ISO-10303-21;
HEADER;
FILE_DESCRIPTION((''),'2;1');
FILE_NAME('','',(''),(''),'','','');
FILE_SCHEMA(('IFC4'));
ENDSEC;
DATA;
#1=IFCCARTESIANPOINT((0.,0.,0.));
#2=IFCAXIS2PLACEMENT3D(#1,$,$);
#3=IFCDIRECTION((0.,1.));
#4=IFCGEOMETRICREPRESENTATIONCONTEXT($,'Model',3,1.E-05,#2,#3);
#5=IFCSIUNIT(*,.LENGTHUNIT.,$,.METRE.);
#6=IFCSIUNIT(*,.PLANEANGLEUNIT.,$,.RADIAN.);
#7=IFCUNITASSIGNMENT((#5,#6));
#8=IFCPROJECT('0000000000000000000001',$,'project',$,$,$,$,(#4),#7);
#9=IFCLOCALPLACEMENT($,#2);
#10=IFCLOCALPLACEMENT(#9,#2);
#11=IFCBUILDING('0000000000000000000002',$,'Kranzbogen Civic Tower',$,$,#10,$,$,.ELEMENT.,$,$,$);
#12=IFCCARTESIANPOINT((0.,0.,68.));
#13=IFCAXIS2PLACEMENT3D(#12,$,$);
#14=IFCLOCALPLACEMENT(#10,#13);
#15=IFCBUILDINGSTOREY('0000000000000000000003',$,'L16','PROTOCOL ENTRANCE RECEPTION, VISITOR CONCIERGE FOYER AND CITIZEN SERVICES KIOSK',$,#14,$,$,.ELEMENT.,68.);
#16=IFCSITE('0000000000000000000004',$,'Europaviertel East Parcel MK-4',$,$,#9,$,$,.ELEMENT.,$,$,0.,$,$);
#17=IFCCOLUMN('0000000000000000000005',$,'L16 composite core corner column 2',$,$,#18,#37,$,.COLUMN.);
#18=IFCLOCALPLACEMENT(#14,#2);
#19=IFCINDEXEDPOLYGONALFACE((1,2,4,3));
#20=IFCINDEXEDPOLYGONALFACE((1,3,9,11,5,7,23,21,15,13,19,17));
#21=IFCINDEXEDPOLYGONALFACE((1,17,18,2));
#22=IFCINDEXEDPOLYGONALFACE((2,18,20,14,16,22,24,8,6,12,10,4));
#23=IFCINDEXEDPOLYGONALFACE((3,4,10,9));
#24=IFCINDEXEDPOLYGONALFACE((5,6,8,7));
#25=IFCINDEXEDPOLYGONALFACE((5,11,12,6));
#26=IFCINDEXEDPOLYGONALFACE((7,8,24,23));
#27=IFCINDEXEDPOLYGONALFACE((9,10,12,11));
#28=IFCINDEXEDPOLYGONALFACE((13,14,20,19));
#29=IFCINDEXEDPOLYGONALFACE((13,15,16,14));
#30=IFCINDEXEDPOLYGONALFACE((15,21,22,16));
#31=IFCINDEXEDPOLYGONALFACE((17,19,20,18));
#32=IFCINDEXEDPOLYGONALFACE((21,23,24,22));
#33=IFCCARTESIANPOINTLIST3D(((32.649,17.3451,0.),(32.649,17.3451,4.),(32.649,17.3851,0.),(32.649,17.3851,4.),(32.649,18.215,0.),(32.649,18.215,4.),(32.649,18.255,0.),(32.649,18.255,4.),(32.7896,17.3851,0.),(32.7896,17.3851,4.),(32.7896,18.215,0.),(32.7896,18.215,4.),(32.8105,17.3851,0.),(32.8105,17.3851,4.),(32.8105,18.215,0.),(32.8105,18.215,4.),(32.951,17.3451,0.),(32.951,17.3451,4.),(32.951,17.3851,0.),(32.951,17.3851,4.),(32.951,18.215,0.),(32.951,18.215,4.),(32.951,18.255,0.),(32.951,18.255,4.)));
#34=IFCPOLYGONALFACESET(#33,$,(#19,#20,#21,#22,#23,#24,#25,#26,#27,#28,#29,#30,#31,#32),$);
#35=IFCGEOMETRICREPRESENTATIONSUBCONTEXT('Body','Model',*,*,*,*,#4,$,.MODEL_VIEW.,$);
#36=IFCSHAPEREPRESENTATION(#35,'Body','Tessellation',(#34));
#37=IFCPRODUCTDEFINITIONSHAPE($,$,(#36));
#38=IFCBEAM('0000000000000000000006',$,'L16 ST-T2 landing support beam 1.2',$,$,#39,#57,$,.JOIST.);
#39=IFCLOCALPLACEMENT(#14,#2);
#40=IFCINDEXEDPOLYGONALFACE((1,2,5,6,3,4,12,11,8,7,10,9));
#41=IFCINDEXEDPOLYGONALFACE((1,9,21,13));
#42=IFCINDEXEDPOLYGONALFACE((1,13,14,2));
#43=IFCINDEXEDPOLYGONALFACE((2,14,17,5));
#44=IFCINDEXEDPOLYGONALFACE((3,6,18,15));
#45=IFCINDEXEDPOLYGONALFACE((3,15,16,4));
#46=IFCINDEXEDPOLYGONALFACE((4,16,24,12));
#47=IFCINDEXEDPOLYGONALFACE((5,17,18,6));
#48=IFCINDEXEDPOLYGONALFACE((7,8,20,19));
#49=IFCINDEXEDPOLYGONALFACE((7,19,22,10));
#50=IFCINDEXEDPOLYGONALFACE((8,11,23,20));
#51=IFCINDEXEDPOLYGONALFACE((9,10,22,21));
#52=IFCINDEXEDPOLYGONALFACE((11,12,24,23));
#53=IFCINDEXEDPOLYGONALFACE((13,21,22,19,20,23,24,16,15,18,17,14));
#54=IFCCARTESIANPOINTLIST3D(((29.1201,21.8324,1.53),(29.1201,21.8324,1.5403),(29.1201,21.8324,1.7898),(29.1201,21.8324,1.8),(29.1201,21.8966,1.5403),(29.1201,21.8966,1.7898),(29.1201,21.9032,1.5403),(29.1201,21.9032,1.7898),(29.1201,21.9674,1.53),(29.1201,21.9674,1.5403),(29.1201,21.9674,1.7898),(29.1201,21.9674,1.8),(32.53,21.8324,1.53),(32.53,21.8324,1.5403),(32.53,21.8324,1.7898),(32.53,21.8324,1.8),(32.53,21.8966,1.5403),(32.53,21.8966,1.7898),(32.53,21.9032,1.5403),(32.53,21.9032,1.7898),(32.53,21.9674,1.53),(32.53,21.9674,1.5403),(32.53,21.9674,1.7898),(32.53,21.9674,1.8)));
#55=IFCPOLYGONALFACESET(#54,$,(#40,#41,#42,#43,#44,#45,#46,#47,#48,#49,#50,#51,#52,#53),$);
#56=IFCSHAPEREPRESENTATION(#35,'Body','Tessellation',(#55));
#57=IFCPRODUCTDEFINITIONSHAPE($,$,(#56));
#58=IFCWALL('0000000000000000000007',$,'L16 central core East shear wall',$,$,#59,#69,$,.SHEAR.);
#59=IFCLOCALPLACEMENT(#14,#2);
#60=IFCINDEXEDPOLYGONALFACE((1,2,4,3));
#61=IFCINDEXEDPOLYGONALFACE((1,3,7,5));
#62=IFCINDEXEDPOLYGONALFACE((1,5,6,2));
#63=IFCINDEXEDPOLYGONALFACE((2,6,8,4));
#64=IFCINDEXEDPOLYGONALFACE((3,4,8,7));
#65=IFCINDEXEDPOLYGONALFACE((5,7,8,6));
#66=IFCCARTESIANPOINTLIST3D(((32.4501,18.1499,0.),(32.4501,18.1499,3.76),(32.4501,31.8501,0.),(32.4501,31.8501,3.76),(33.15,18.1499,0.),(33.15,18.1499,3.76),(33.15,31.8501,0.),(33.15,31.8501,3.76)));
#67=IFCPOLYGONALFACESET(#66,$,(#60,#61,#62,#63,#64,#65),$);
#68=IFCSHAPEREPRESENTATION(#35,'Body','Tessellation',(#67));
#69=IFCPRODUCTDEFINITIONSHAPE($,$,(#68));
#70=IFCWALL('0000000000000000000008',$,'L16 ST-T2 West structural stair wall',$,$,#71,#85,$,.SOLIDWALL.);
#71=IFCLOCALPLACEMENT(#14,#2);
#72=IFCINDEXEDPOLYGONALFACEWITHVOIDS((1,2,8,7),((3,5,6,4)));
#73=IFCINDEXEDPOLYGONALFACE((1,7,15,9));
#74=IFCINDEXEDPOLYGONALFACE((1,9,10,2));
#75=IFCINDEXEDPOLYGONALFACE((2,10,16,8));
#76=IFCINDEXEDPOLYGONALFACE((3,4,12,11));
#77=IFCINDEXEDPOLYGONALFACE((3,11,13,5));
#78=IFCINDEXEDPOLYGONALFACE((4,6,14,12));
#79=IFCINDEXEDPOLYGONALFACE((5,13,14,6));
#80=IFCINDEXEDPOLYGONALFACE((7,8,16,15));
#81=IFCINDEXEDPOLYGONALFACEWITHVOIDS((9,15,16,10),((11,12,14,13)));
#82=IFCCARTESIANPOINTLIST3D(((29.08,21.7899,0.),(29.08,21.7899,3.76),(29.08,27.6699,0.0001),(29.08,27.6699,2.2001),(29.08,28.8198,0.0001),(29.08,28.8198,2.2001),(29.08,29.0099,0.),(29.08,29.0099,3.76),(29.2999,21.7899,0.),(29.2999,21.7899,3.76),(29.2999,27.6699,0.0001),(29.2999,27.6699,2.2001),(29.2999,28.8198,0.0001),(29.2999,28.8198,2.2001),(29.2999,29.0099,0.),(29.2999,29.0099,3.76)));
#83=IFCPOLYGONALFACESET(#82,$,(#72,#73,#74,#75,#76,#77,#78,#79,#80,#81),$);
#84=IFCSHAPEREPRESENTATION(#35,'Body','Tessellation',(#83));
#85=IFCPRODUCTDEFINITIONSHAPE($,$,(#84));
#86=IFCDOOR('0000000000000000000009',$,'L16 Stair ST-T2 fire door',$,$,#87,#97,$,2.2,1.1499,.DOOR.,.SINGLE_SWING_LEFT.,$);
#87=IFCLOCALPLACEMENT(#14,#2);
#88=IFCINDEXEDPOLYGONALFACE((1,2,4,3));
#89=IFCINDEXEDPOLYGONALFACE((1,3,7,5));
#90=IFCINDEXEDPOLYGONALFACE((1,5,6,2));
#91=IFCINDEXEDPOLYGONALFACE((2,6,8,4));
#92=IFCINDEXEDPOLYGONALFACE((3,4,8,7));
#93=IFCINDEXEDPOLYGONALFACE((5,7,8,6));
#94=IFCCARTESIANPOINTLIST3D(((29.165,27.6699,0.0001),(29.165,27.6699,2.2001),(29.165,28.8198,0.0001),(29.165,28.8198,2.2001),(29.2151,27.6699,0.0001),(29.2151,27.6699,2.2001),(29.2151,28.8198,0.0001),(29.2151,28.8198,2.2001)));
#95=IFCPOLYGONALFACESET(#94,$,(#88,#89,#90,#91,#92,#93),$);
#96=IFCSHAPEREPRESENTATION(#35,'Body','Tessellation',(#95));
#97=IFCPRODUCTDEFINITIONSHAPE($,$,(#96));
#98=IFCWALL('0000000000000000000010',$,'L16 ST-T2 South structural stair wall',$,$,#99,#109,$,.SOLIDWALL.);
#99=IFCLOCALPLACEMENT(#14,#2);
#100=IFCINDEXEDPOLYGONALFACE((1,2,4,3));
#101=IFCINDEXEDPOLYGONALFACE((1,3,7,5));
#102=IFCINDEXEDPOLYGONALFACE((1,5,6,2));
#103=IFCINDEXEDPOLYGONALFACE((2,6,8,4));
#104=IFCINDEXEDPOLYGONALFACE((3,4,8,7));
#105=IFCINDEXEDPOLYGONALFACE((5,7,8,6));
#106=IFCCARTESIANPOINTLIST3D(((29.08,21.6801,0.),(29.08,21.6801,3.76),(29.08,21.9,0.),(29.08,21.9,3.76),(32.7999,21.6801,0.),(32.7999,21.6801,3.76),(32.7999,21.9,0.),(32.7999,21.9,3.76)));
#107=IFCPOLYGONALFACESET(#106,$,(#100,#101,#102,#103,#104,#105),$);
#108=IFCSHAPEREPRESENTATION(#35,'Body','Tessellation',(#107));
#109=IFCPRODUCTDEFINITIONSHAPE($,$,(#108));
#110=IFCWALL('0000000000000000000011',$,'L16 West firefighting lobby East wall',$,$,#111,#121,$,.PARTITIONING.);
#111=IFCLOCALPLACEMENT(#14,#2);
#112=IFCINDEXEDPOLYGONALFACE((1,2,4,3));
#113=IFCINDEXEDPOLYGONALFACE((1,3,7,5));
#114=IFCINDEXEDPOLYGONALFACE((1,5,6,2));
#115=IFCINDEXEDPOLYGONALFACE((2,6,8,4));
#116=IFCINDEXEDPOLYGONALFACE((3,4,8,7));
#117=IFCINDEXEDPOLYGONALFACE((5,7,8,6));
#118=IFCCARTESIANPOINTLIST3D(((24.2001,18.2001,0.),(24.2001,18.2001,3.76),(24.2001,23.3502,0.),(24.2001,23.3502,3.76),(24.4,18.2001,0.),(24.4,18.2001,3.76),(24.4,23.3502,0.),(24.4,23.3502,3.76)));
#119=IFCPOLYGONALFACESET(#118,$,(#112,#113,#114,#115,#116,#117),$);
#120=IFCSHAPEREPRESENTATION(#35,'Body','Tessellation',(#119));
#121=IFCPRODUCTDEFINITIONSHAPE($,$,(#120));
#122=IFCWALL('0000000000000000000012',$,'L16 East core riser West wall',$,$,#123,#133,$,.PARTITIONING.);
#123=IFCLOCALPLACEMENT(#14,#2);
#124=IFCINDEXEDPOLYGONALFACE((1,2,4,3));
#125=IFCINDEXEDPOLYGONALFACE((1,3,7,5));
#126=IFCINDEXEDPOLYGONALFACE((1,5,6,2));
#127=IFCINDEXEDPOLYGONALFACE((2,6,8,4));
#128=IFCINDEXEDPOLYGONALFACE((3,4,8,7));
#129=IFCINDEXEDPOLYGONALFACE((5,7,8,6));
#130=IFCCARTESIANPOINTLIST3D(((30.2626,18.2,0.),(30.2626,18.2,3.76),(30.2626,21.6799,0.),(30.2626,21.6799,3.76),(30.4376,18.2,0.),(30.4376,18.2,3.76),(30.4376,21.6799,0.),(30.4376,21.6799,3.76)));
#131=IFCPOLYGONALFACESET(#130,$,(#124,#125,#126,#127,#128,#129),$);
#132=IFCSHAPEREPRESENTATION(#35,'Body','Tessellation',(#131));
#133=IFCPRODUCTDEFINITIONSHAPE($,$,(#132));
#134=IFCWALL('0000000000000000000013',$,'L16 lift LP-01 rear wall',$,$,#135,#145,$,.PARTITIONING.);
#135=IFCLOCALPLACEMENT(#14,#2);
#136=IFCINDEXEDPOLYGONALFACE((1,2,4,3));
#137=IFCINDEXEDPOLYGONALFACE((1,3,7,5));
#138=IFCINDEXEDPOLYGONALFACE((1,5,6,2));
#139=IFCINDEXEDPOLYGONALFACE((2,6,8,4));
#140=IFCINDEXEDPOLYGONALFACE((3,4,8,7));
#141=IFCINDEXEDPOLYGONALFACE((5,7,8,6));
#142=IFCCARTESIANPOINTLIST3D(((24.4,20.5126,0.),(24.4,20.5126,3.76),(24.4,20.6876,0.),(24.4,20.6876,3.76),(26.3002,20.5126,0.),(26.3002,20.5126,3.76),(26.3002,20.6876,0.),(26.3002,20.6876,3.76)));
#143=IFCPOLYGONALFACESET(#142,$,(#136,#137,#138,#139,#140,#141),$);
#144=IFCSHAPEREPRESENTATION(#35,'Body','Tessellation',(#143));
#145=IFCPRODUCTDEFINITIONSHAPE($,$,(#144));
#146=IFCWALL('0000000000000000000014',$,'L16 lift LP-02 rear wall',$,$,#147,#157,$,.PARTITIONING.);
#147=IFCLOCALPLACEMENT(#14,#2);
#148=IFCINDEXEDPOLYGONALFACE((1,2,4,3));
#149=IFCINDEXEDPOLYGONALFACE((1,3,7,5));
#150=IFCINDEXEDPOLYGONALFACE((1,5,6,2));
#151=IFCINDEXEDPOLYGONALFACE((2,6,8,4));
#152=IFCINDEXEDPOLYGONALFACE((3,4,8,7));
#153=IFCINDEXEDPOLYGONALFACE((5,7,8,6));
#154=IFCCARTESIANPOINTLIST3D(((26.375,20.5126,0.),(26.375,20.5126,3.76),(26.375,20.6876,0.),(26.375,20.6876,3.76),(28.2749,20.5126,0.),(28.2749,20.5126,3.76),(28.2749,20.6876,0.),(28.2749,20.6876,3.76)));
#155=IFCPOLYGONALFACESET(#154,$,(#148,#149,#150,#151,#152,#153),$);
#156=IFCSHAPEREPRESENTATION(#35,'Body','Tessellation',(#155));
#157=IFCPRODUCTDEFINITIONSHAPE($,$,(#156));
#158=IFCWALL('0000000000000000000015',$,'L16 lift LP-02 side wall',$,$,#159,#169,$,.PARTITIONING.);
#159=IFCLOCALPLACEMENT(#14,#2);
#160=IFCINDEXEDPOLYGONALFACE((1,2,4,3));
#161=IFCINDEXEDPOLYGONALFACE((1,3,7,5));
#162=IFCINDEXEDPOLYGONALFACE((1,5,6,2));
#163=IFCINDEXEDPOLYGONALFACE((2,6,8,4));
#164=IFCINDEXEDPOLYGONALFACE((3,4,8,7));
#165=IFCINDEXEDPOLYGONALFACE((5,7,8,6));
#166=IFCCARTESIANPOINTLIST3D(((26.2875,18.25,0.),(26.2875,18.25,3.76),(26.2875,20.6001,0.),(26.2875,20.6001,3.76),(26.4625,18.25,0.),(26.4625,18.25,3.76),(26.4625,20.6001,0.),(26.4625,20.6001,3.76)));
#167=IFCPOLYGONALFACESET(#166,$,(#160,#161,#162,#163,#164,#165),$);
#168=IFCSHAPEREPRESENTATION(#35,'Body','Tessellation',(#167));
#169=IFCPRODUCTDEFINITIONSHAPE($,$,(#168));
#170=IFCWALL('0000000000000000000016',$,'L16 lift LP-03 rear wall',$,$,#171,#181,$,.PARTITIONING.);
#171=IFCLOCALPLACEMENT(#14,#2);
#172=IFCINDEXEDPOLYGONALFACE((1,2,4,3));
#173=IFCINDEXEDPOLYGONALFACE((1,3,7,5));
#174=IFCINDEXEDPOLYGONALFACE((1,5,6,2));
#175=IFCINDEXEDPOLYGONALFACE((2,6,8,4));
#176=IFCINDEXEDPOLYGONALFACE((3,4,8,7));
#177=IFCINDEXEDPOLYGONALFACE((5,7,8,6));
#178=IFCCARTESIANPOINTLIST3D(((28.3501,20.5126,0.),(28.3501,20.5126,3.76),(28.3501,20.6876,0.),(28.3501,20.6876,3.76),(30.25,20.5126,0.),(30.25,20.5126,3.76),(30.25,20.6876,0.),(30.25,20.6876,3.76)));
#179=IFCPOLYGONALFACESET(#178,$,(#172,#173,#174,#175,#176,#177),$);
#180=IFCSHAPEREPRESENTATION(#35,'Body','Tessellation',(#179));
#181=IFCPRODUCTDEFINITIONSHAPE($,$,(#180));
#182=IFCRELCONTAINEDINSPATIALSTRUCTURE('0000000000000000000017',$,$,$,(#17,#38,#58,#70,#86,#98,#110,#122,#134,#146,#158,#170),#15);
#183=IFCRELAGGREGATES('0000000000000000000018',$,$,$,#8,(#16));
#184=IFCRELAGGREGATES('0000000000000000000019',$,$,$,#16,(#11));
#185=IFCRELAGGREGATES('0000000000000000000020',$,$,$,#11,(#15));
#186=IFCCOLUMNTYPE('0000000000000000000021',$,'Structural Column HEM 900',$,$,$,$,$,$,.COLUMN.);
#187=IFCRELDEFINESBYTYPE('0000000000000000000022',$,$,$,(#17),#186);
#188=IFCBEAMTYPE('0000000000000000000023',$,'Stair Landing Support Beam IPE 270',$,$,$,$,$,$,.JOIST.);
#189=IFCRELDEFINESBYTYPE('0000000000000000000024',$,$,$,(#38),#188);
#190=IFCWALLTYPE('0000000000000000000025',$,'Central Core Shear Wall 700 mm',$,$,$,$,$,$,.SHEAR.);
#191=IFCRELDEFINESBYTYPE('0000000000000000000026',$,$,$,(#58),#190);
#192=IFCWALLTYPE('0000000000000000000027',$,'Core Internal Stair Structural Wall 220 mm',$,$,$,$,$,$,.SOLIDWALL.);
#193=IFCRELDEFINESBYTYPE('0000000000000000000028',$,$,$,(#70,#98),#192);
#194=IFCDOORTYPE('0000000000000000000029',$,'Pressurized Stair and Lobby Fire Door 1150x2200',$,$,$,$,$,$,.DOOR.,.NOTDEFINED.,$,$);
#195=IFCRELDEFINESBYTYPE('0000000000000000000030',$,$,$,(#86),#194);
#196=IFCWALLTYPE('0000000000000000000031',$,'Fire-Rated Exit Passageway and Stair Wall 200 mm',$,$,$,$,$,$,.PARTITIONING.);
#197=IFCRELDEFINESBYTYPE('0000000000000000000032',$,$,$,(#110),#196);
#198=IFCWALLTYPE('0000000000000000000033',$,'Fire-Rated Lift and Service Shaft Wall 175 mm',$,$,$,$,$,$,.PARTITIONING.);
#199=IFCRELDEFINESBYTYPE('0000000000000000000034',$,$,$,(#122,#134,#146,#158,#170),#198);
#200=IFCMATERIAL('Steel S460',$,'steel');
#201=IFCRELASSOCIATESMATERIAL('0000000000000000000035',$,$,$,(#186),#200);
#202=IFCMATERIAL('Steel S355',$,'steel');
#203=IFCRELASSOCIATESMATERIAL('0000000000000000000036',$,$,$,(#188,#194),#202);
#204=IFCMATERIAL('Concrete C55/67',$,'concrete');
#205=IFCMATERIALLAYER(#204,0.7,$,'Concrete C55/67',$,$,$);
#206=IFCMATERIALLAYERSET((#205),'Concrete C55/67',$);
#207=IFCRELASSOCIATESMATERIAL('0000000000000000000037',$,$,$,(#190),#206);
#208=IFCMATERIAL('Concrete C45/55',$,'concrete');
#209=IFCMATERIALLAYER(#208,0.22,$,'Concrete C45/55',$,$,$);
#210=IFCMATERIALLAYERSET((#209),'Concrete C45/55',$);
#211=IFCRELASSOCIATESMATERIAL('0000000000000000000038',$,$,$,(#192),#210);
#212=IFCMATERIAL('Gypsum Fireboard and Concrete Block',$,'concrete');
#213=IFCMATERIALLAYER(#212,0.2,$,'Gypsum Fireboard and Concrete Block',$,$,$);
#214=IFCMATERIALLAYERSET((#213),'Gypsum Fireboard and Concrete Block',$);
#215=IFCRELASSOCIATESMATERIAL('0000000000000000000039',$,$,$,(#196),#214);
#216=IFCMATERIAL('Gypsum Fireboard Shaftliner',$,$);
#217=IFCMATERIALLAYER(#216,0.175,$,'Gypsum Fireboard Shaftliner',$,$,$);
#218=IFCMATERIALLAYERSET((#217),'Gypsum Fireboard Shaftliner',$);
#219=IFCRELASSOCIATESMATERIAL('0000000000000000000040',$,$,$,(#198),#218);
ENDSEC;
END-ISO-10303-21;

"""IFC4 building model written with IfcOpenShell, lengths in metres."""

from ifc_helpers import new_model, si_unit, direction, frame, frame_2d, origin, origin_2d, place, context, subcontext, project, spatial, rectangle, i_section, extrude, material, layer, layer_set, material_profile, profile_set, type_object, element, fill, save


model = new_model("IFC4")

# Units and contexts
model_context = context("Model", 3, precision=1e-05, world=origin(), true_north=direction((0.0, 1.0)))
body_context = subcontext(model_context, "Body", "Model", "MODEL_VIEW")
ifc_project = project(units=[si_unit("LENGTHUNIT", "METRE"), si_unit("PLANEANGLEUNIT", "RADIAN")], contexts=[model_context])

# Site, building, storey
site_placement = place(None, origin())
site = spatial("IfcSite", under=ifc_project, at=site_placement, Name="Europaviertel East Parcel MK-4", CompositionType="ELEMENT", RefElevation=0.0)
building_placement = place(site_placement, origin())
building = spatial("IfcBuilding", under=site, at=building_placement, Name="Kranzbogen Civic Tower", CompositionType="ELEMENT")
storey_placement = place(building_placement, frame((0.0, 0.0, 68.0)))
storey = spatial("IfcBuildingStorey", under=building, at=storey_placement, Name="L16", Description="PROTOCOL ENTRANCE RECEPTION, VISITOR CONCIERGE FOYER AND CITIZEN SERVICES KIOSK", CompositionType="ELEMENT", Elevation=68.0)

# Column
ifc_material_1 = material(Name="Steel S460", Category="steel")
ifc_material_profile_1 = material_profile(ifc_material_1, i_section(OverallWidth=0.302, OverallDepth=0.9099, WebThickness=0.021, FlangeThickness=0.04, at=origin_2d()), Name="HEM 900")
ifc_profile_set_1 = profile_set([ifc_material_profile_1], Name="Steel S460")
column_type = type_object("IfcColumnType", Name="Structural Column HEM 900", PredefinedType="COLUMN", material=ifc_profile_set_1)
column_placement = place(storey_placement, frame((32.8, 17.8, 0.0), z_axis=(0.0, 0.0, 1.0), x_axis=(1.0, 0.0, 0.0)))
element("IfcColumn", 1, at=column_placement, inside=storey, type_object=column_type, Name="L16 composite core corner column 2", PredefinedType="COLUMN", context=body_context, shape_type="SweptSolid", body=[
    extrude(i_section(OverallWidth=0.302, OverallDepth=0.9099, WebThickness=0.021, FlangeThickness=0.04, at=origin_2d()), origin(), (0.0, 0.0, 1.0), 4.0),
])

# Beam
ifc_material_2 = material(Name="Steel S355", Category="steel")
ifc_material_profile_2 = material_profile(ifc_material_2, i_section(OverallWidth=0.135, OverallDepth=0.27, WebThickness=0.0066, FlangeThickness=0.0103, at=origin_2d()), Name="IPE 270")
ifc_profile_set_2 = profile_set([ifc_material_profile_2], Name="Steel S355")
beam_type = type_object("IfcBeamType", Name="Stair Landing Support Beam IPE 270", PredefinedType="JOIST", material=ifc_profile_set_2)
beam_placement = place(storey_placement, frame((29.1201, 21.8999, 1.665), z_axis=(1.0, 0.0, 0.0), x_axis=(0.0, 1.0, 0.0)))
element("IfcBeam", 2, at=beam_placement, inside=storey, type_object=beam_type, Name="L16 ST-T2 landing support beam 1.2", PredefinedType="JOIST", context=body_context, shape_type="SweptSolid", body=[
    extrude(i_section(OverallWidth=0.135, OverallDepth=0.27, WebThickness=0.0066, FlangeThickness=0.0103, at=origin_2d()), origin(), (0.0, 0.0, 1.0), 3.4099),
])

# Wall
ifc_material_3 = material(Name="Concrete C55/67", Category="concrete")
ifc_layer_1 = layer(ifc_material_3, 0.7, Name="Concrete C55/67")
ifc_layer_set_1 = layer_set([ifc_layer_1], Name="Concrete C55/67")
wall_type_1 = type_object("IfcWallType", Name="Central Core Shear Wall 700 mm", PredefinedType="SHEAR", material=ifc_layer_set_1)
wall_1_placement = place(storey_placement, frame((32.8, 18.1499, 0.0), z_axis=(0.0, 0.0, 1.0), x_axis=(0.0, 1.0, 0.0)))
element("IfcWall", 3, at=wall_1_placement, inside=storey, type_object=wall_type_1, Name="L16 central core East shear wall", PredefinedType="SHEAR", context=body_context, shape_type="SweptSolid", body=[
    extrude(rectangle(XDim=13.7002, YDim=0.7, at=frame_2d((6.8501, 0.0))), origin(), (0.0, 0.0, 1.0), 3.76),
])

# Wall, opening, door
ifc_material_4 = material(Name="Concrete C45/55", Category="concrete")
ifc_layer_2 = layer(ifc_material_4, 0.22, Name="Concrete C45/55")
ifc_layer_set_2 = layer_set([ifc_layer_2], Name="Concrete C45/55")
wall_type_2 = type_object("IfcWallType", Name="Core Internal Stair Structural Wall 220 mm", PredefinedType="SOLIDWALL", material=ifc_layer_set_2)
wall_2_placement = place(storey_placement, frame((29.1899, 21.79, 0.0), z_axis=(0.0, 0.0, 1.0), x_axis=(0.0, 1.0, 0.0)))
wall_2 = element("IfcWall", 4, at=wall_2_placement, inside=storey, type_object=wall_type_2, Name="L16 ST-T2 West structural stair wall", PredefinedType="SOLIDWALL", context=body_context, shape_type="SweptSolid", body=[
    extrude(rectangle(XDim=7.22, YDim=0.22, at=frame_2d((3.6099, 0.0))), origin(), (0.0, 0.0, 1.0), 3.76),
])
opening_placement = place(wall_2_placement, frame((5.8799, 0.0, 0.0)))
opening = element("IfcOpeningElement", 5, at=opening_placement, cuts=wall_2, PredefinedType="OPENING", context=body_context, shape_type="SweptSolid", body=[
    extrude(rectangle(XDim=1.1499, YDim=2.2, at=frame_2d((0.575, 1.1001))), frame((0.0, 0.1201, 0.0), z_axis=(0.0, -1.0, 0.0), x_axis=(1.0, 0.0, 0.0)), (0.0, 0.0, 1.0), 0.24),
])
door_type = type_object("IfcDoorType", Name="Pressurized Stair and Lobby Fire Door 1150x2200", OperationType="NOTDEFINED", PredefinedType="DOOR", material=ifc_material_2)
door_placement = place(opening_placement, origin())
door = element("IfcDoor", 6, at=door_placement, inside=storey, type_object=door_type, Name="L16 Stair ST-T2 fire door", OperationType="SINGLE_SWING_LEFT", OverallHeight=2.2, OverallWidth=1.1499, PredefinedType="DOOR", context=body_context, shape_type="SweptSolid", body=[
    extrude(rectangle(XDim=1.1499, YDim=2.2, at=frame_2d((0.575, 1.1001))), frame((0.0, 0.0249, 0.0), z_axis=(0.0, -1.0, 0.0), x_axis=(1.0, 0.0, 0.0)), (0.0, 0.0, 1.0), 0.05),
])
fill(opening, door)

# Walls
wall_3_placement = place(storey_placement, frame((29.0801, 21.79, 0.0), z_axis=(0.0, 0.0, 1.0), x_axis=(1.0, 0.0, 0.0)))
element("IfcWall", 7, at=wall_3_placement, inside=storey, type_object=wall_type_2, Name="L16 ST-T2 South structural stair wall", PredefinedType="SOLIDWALL", context=body_context, shape_type="SweptSolid", body=[
    extrude(rectangle(XDim=3.72, YDim=0.22, at=frame_2d((1.8599, 0.0))), origin(), (0.0, 0.0, 1.0), 3.76),
])
ifc_material_5 = material(Name="Gypsum Fireboard and Concrete Block", Category="concrete")
ifc_layer_3 = layer(ifc_material_5, 0.2, Name="Gypsum Fireboard and Concrete Block")
ifc_layer_set_3 = layer_set([ifc_layer_3], Name="Gypsum Fireboard and Concrete Block")
wall_type_3 = type_object("IfcWallType", Name="Fire-Rated Exit Passageway and Stair Wall 200 mm", PredefinedType="PARTITIONING", material=ifc_layer_set_3)
wall_4_placement = place(storey_placement, frame((24.3, 18.2, 0.0), z_axis=(0.0, 0.0, 1.0), x_axis=(0.0, 1.0, 0.0)))
element("IfcWall", 8, at=wall_4_placement, inside=storey, type_object=wall_type_3, Name="L16 West firefighting lobby East wall", PredefinedType="PARTITIONING", context=body_context, shape_type="SweptSolid", body=[
    extrude(rectangle(XDim=5.1501, YDim=0.2, at=frame_2d((2.5752, 0.0))), origin(), (0.0, 0.0, 1.0), 3.76),
])
ifc_material_6 = material(Name="Gypsum Fireboard Shaftliner")
ifc_layer_4 = layer(ifc_material_6, 0.175, Name="Gypsum Fireboard Shaftliner")
ifc_layer_set_4 = layer_set([ifc_layer_4], Name="Gypsum Fireboard Shaftliner")
wall_type_4 = type_object("IfcWallType", Name="Fire-Rated Lift and Service Shaft Wall 175 mm", PredefinedType="PARTITIONING", material=ifc_layer_set_4)
wall_5_placement = place(storey_placement, frame((30.3501, 18.2, 0.0), z_axis=(0.0, 0.0, 1.0), x_axis=(0.0, 1.0, 0.0)))
element("IfcWall", 9, at=wall_5_placement, inside=storey, type_object=wall_type_4, Name="L16 East core riser West wall", PredefinedType="PARTITIONING", context=body_context, shape_type="SweptSolid", body=[
    extrude(rectangle(XDim=3.48, YDim=0.175, at=frame_2d((1.74, 0.0))), origin(), (0.0, 0.0, 1.0), 3.76),
])
wall_6_placement = place(storey_placement, frame((24.3999, 20.6001, 0.0), z_axis=(0.0, 0.0, 1.0), x_axis=(1.0, 0.0, 0.0)))
element("IfcWall", 10, at=wall_6_placement, inside=storey, type_object=wall_type_4, Name="L16 lift LP-01 rear wall", PredefinedType="PARTITIONING", context=body_context, shape_type="SweptSolid", body=[
    extrude(rectangle(XDim=1.9001, YDim=0.175, at=frame_2d((0.9502, 0.0))), origin(), (0.0, 0.0, 1.0), 3.76),
])
wall_7_placement = place(storey_placement, frame((26.375, 20.6001, 0.0), z_axis=(0.0, 0.0, 1.0), x_axis=(1.0, 0.0, 0.0)))
element("IfcWall", 11, at=wall_7_placement, inside=storey, type_object=wall_type_4, Name="L16 lift LP-02 rear wall", PredefinedType="PARTITIONING", context=body_context, shape_type="SweptSolid", body=[
    extrude(rectangle(XDim=1.8999, YDim=0.175, at=frame_2d((0.95, 0.0))), origin(), (0.0, 0.0, 1.0), 3.76),
])
wall_8_placement = place(storey_placement, frame((26.375, 18.25, 0.0), z_axis=(0.0, 0.0, 1.0), x_axis=(0.0, 1.0, 0.0)))
element("IfcWall", 12, at=wall_8_placement, inside=storey, type_object=wall_type_4, Name="L16 lift LP-02 side wall", PredefinedType="PARTITIONING", context=body_context, shape_type="SweptSolid", body=[
    extrude(rectangle(XDim=2.3501, YDim=0.175, at=frame_2d((1.175, 0.0))), origin(), (0.0, 0.0, 1.0), 3.76),
])
wall_9_placement = place(storey_placement, frame((28.3501, 20.6001, 0.0), z_axis=(0.0, 0.0, 1.0), x_axis=(1.0, 0.0, 0.0)))
element("IfcWall", 13, at=wall_9_placement, inside=storey, type_object=wall_type_4, Name="L16 lift LP-03 rear wall", PredefinedType="PARTITIONING", context=body_context, shape_type="SweptSolid", body=[
    extrude(rectangle(XDim=1.8999, YDim=0.175, at=frame_2d((0.95, 0.0))), origin(), (0.0, 0.0, 1.0), 3.76),
])

save(model, "model.ifc")
